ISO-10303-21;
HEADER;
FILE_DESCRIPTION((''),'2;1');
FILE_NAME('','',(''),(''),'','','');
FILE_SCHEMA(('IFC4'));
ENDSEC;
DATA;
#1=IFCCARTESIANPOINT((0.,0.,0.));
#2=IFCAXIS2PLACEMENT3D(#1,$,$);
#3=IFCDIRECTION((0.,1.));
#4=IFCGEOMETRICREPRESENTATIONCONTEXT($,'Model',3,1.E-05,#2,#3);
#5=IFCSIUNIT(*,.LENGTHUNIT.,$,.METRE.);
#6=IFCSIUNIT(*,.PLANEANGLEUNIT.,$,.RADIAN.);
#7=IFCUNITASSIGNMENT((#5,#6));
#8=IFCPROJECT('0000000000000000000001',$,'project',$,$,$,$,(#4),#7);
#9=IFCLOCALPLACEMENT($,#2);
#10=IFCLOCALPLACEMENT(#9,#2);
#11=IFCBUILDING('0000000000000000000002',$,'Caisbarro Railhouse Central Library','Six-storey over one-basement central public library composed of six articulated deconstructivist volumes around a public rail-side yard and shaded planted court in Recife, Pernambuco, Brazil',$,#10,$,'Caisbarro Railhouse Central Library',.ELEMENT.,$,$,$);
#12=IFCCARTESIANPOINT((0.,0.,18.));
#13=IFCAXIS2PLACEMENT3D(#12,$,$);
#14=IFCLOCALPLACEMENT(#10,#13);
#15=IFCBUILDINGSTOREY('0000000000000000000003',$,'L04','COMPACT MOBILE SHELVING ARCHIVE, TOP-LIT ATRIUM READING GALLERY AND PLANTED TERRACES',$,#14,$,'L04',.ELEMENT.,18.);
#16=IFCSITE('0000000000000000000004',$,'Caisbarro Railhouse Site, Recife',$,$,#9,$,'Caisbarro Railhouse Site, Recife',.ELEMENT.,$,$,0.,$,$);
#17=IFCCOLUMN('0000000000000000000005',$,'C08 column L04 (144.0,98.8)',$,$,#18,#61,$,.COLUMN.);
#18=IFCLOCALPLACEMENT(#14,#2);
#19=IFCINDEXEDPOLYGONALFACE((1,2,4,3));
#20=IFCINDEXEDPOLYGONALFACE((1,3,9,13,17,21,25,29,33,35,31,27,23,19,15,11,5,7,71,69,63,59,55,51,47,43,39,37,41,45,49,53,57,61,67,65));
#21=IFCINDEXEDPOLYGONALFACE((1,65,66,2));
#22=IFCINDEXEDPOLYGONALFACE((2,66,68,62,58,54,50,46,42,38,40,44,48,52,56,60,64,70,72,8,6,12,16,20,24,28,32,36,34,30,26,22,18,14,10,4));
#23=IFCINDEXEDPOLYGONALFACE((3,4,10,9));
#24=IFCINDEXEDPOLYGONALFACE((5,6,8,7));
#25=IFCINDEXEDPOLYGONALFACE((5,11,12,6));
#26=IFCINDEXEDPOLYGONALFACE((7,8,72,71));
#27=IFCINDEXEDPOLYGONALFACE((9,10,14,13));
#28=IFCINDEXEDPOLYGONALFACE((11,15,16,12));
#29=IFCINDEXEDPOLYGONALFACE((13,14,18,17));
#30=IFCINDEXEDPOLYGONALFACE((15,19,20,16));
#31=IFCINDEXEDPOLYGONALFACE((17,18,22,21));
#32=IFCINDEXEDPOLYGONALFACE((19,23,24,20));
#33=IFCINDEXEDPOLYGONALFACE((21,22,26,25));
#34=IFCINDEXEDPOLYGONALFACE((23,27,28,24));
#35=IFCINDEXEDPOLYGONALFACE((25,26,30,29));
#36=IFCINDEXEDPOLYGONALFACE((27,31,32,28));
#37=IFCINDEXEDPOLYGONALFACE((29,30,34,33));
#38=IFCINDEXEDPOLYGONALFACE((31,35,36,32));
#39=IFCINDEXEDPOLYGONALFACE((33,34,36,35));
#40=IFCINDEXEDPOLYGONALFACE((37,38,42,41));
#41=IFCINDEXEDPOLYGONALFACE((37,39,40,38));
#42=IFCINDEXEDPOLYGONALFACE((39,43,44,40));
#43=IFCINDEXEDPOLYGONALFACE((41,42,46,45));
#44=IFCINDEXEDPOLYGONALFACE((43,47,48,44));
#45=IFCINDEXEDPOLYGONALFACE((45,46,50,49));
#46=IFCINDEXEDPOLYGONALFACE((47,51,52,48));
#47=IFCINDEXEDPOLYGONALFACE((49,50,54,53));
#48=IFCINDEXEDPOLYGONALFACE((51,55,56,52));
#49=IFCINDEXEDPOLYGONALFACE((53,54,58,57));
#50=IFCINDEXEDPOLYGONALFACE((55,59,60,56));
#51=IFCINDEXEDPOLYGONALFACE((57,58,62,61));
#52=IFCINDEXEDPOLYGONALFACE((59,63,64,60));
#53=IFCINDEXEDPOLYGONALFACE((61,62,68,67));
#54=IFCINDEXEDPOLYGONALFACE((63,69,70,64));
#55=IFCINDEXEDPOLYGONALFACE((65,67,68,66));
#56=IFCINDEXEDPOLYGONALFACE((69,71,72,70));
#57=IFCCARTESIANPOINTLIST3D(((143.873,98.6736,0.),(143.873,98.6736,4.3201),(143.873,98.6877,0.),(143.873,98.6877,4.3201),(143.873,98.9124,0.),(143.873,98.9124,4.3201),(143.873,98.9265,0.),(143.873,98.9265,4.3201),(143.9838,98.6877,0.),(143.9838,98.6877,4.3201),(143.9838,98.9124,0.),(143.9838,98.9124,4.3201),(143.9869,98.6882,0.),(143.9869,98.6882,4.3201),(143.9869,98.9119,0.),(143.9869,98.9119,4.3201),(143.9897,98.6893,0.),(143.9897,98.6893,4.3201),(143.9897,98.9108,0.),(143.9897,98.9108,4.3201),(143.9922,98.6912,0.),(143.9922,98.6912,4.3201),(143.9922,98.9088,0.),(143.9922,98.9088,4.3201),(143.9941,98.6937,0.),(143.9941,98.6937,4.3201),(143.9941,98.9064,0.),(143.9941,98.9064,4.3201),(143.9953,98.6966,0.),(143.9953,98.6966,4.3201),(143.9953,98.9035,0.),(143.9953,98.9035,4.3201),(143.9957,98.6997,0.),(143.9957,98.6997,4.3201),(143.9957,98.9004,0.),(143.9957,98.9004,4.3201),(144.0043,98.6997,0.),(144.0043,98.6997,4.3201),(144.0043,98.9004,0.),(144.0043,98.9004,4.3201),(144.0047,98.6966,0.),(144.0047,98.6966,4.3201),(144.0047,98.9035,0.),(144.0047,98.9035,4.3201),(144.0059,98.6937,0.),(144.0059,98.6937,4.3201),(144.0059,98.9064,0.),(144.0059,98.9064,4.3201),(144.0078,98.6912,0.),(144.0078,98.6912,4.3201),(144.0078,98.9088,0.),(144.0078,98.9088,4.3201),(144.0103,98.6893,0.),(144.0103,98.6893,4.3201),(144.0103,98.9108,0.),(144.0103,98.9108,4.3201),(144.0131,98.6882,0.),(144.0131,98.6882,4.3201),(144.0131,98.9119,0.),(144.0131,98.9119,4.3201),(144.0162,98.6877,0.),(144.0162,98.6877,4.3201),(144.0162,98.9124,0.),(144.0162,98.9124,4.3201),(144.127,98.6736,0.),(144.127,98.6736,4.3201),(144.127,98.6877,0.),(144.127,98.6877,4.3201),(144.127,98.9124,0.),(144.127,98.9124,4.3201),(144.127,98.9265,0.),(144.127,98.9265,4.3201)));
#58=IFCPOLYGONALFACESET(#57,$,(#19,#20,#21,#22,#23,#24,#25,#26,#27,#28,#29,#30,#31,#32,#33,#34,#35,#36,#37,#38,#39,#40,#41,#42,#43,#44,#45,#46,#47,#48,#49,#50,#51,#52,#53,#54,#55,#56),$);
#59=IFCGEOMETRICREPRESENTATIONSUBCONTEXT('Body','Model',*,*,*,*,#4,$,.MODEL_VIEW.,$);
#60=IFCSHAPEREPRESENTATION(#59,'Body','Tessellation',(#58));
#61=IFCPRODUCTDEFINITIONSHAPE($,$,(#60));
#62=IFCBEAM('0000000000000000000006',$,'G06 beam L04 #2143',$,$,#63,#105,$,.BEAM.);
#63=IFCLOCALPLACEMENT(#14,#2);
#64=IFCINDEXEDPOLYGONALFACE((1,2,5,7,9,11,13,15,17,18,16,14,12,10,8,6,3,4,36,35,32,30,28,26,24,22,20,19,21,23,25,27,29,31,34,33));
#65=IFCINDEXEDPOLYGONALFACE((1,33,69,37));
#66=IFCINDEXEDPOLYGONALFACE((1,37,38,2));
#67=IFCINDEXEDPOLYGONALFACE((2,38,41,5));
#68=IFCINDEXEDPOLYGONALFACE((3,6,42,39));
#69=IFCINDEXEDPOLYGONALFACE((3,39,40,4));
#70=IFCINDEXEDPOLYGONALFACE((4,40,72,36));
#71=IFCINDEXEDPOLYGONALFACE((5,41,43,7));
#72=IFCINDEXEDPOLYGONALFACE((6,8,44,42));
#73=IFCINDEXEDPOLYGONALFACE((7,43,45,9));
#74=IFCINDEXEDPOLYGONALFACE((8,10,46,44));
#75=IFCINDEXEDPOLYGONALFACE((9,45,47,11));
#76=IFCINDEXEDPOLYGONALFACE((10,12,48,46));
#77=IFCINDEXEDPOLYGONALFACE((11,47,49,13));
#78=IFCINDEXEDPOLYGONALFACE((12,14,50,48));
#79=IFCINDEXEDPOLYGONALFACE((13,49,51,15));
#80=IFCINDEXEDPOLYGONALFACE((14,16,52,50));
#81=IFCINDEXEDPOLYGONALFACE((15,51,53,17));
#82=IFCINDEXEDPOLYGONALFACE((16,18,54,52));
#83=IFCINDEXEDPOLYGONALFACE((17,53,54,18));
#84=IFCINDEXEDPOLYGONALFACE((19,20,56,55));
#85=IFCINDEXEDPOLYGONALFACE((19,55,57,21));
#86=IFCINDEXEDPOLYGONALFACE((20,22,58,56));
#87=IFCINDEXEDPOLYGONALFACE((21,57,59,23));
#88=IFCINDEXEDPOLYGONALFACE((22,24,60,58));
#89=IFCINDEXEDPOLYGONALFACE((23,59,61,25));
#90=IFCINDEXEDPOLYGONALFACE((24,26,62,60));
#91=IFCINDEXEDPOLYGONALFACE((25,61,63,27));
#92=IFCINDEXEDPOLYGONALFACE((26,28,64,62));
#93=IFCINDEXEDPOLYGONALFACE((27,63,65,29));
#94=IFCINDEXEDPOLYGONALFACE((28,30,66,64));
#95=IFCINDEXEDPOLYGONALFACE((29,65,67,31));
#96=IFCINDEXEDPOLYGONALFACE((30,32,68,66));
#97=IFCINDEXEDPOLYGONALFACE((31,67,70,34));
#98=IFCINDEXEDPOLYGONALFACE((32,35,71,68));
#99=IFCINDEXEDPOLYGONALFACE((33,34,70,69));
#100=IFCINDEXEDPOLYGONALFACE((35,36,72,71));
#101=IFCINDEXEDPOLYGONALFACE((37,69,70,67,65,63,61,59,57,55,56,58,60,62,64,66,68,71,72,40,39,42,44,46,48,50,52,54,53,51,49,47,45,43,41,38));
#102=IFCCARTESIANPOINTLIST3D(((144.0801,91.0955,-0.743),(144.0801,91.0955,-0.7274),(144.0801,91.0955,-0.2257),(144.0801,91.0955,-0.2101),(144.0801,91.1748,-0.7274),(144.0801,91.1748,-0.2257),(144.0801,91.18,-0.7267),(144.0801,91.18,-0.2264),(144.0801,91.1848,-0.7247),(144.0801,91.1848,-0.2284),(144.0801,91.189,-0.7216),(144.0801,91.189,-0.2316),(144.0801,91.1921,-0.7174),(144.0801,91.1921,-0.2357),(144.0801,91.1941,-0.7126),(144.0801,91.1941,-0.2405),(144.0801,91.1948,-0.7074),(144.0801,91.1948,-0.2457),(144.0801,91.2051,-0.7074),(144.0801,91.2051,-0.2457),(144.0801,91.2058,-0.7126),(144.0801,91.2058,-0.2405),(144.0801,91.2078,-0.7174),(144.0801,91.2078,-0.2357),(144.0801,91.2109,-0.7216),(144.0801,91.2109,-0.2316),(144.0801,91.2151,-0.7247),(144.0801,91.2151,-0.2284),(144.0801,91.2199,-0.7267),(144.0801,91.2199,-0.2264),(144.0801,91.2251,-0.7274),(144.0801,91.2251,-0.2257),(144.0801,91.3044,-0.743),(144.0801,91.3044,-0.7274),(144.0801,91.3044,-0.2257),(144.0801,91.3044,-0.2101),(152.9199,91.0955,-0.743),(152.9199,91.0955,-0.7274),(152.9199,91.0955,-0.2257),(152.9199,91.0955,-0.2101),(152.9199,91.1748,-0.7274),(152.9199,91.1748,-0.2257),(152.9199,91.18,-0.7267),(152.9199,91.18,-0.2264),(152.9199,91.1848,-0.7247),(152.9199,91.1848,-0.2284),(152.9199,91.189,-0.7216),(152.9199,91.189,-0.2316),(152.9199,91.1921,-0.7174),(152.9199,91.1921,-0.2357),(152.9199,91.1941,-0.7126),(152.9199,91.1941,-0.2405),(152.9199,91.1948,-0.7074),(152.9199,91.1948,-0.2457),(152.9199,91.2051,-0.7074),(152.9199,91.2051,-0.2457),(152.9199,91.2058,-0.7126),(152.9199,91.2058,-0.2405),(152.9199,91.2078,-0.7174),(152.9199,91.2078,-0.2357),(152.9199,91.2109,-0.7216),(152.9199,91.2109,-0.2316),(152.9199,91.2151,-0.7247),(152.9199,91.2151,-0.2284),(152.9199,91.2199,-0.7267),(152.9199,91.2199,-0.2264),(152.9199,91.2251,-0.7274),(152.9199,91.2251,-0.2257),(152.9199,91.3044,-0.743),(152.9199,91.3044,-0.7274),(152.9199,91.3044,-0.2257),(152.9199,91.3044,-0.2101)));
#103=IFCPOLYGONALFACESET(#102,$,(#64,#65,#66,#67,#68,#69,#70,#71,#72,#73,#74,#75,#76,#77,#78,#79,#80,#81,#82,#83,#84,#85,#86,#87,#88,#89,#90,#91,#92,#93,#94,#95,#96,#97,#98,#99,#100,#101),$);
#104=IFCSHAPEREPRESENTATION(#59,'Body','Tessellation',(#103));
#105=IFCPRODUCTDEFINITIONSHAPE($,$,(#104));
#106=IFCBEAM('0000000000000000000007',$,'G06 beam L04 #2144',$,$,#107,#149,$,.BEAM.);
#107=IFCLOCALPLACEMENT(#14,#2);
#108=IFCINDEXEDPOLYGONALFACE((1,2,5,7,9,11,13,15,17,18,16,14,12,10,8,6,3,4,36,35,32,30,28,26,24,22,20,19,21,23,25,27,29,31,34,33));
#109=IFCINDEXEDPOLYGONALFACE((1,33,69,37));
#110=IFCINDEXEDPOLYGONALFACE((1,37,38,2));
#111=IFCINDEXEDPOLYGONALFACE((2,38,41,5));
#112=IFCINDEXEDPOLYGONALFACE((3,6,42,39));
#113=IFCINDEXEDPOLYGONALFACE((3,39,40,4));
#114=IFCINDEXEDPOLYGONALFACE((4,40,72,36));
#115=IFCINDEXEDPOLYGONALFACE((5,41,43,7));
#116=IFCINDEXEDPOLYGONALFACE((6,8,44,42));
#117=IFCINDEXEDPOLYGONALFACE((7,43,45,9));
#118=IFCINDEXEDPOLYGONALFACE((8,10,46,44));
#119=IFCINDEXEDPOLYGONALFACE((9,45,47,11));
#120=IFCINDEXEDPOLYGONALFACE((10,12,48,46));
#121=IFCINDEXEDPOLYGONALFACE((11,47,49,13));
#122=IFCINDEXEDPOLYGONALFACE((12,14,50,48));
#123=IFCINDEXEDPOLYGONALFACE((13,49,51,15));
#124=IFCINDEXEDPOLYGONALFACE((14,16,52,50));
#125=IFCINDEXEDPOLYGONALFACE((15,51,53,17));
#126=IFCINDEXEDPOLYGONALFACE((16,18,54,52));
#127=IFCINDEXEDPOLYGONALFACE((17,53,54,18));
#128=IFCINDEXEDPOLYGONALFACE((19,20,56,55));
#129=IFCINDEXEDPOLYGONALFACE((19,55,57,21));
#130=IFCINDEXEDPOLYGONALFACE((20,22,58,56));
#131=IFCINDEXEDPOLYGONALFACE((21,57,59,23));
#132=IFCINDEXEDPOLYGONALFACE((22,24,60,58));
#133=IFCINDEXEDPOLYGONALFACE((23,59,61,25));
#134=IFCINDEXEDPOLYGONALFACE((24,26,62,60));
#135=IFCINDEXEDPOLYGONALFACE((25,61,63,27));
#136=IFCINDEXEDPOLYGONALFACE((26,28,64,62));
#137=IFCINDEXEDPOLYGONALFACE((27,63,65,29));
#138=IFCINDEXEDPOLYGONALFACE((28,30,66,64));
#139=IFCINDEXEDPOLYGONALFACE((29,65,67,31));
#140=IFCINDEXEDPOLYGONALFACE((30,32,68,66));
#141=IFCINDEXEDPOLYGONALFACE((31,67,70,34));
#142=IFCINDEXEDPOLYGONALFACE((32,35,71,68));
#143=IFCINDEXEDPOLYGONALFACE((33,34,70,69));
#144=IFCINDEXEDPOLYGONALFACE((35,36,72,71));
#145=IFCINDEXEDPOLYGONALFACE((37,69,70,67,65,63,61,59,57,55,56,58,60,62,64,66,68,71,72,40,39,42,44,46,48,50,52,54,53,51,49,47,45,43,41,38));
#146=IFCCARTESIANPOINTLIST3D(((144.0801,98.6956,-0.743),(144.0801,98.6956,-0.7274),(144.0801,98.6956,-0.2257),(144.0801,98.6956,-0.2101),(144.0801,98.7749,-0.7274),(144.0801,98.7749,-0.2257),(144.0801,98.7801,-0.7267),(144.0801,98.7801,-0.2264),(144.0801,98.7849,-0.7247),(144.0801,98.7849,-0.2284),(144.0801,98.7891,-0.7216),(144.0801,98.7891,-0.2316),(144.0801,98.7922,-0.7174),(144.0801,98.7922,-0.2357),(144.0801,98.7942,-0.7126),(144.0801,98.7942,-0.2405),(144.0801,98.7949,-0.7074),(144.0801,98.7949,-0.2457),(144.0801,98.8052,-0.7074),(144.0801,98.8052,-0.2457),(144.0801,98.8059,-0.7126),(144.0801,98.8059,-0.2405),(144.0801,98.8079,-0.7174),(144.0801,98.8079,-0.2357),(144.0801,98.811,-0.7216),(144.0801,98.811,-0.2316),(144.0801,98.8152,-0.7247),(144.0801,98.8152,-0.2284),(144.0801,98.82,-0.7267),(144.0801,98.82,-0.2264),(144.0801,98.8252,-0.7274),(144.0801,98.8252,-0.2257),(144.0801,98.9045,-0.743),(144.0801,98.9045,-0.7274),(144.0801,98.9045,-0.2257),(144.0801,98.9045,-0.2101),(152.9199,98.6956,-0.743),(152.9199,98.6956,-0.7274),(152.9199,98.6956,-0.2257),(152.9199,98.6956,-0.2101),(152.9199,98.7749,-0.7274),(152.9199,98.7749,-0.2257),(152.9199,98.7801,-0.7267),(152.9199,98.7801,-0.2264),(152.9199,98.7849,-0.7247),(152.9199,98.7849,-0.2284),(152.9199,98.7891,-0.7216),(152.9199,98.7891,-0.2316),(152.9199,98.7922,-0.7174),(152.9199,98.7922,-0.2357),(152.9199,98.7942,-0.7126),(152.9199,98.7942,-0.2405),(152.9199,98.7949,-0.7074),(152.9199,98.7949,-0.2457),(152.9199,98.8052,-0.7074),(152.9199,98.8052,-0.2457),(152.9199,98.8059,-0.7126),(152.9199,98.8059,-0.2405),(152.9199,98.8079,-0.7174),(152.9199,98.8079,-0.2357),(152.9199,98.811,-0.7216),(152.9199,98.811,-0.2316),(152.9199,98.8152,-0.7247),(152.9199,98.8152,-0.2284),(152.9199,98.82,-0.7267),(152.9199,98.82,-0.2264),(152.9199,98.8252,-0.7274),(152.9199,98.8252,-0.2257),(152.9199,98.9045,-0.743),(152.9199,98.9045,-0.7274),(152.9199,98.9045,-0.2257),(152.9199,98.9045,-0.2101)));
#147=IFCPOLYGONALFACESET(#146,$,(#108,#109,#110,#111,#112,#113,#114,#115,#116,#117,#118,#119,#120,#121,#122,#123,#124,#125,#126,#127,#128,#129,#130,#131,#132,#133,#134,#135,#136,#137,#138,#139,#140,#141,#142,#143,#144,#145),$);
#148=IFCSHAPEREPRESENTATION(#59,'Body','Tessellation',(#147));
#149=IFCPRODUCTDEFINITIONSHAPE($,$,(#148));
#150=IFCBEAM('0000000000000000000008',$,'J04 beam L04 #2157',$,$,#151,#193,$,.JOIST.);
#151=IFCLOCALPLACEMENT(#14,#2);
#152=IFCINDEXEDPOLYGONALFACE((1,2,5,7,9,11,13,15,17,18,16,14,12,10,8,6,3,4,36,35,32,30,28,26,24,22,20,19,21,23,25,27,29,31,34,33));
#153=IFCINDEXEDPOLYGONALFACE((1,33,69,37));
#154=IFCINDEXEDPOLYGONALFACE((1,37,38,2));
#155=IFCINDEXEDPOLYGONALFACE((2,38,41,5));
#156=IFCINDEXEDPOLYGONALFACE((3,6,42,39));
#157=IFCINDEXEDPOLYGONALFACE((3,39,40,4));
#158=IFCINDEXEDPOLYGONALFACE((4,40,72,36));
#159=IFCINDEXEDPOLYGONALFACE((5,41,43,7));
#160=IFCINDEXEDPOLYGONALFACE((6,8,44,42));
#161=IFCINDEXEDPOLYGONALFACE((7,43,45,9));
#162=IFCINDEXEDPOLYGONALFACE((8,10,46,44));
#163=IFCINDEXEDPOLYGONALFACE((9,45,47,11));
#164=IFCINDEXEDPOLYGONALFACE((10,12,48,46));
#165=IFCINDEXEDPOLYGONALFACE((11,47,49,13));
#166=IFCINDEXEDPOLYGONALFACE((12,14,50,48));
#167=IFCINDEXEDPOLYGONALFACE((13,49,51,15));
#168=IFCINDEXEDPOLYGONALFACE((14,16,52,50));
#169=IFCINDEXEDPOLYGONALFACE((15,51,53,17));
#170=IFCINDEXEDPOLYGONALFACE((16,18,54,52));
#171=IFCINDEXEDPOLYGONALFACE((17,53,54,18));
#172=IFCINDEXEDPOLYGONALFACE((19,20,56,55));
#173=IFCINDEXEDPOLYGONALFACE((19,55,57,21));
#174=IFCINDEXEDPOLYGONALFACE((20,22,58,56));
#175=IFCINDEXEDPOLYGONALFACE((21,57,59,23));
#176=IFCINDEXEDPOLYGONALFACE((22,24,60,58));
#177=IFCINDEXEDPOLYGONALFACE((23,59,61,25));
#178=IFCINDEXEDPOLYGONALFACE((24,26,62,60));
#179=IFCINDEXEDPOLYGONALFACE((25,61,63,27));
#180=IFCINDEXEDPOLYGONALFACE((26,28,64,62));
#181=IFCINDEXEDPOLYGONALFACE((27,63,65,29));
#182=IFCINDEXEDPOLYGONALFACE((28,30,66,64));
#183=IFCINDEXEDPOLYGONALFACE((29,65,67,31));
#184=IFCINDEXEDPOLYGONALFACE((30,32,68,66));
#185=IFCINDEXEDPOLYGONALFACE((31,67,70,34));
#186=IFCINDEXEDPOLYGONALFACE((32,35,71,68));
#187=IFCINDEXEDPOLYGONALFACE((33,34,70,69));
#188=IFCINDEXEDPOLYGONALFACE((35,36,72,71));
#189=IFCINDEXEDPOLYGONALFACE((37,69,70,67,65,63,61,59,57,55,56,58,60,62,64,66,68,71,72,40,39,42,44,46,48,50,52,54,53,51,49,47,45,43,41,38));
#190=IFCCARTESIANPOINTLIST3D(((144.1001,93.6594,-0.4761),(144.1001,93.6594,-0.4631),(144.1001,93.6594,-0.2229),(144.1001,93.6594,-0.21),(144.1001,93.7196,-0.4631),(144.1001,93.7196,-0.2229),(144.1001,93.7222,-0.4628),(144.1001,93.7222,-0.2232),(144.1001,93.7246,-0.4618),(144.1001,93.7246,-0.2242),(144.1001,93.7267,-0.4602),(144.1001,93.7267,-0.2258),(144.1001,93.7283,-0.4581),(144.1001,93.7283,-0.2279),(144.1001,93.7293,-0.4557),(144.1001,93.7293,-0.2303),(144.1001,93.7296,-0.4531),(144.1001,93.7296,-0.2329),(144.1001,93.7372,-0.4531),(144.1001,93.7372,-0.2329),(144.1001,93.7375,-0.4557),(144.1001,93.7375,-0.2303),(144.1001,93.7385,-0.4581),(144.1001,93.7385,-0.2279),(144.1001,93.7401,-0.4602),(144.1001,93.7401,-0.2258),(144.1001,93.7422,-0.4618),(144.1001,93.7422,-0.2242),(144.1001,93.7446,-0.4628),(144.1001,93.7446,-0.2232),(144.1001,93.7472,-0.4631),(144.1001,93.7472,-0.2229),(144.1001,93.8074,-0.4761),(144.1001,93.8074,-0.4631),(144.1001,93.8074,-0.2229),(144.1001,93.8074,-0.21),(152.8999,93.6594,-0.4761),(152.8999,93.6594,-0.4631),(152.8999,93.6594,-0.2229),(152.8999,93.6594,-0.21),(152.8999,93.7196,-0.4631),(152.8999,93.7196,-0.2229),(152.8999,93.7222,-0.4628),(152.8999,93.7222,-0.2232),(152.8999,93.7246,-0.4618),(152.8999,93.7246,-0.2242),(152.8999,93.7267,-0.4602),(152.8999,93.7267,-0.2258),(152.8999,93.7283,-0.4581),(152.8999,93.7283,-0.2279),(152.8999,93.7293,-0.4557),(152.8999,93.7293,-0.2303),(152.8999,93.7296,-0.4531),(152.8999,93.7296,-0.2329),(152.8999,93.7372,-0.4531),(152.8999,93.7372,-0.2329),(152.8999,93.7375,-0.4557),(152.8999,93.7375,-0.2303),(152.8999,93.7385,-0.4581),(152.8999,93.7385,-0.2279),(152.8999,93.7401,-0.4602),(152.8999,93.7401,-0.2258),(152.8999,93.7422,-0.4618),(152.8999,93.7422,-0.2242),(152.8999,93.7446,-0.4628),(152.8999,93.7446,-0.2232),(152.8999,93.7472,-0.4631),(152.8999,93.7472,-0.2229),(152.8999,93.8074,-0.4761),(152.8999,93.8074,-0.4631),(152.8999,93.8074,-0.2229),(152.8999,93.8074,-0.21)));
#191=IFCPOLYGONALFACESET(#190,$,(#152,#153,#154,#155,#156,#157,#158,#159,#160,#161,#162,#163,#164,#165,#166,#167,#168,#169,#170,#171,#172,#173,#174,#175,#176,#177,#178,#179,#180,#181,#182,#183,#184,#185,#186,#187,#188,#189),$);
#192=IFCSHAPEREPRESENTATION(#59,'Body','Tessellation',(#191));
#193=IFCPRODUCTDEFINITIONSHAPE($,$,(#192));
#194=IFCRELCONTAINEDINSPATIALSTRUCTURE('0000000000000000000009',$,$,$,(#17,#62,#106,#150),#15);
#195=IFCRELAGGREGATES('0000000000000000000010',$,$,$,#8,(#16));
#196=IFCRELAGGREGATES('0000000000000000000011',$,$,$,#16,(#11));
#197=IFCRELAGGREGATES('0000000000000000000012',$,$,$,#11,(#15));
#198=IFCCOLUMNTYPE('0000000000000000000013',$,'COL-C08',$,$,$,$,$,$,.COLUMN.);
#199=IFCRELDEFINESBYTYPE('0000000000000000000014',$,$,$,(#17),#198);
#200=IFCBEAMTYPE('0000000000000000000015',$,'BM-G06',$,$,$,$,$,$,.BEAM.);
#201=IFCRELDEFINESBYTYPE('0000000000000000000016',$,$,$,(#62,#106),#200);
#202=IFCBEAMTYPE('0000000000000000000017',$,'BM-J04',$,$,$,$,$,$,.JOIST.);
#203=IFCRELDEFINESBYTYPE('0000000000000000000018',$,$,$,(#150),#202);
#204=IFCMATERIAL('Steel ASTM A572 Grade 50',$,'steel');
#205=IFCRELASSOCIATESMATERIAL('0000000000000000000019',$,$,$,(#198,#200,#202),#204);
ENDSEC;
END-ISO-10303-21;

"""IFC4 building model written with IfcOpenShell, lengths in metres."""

from ifc_helpers import new_model, si_unit, direction, frame, origin, origin_2d, place, context, subcontext, project, spatial, i_section, extrude, material, material_profile, profile_set, type_object, element, save


model = new_model("IFC4")

# Units and contexts
model_context = context("Model", 3, precision=1e-05, world=origin(), true_north=direction((0.0, 1.0)))
body_context = subcontext(model_context, "Body", "Model", "MODEL_VIEW")
ifc_project = project(units=[si_unit("LENGTHUNIT", "METRE"), si_unit("PLANEANGLEUNIT", "RADIAN")], contexts=[model_context])

# Site, building, storey
site_placement = place(None, origin())
site = spatial("IfcSite", under=ifc_project, at=site_placement, Name="Caisbarro Railhouse Site, Recife", LongName="Caisbarro Railhouse Site, Recife", CompositionType="ELEMENT", RefElevation=0.0)
building_placement = place(site_placement, origin())
building = spatial("IfcBuilding", under=site, at=building_placement, Name="Caisbarro Railhouse Central Library", Description="Six-storey over one-basement central public library composed of six articulated deconstructivist volumes around a public rail-side yard and shaded planted court in Recife, Pernambuco, Brazil", LongName="Caisbarro Railhouse Central Library", CompositionType="ELEMENT")
storey_placement = place(building_placement, frame((0.0, 0.0, 18.0)))
storey = spatial("IfcBuildingStorey", under=building, at=storey_placement, Name="L04", Description="COMPACT MOBILE SHELVING ARCHIVE, TOP-LIT ATRIUM READING GALLERY AND PLANTED TERRACES", LongName="L04", CompositionType="ELEMENT", Elevation=18.0)

# Column
ifc_material_1 = material(Name="Steel ASTM A572 Grade 50", Category="steel")
ifc_material_profile_1 = material_profile(ifc_material_1, i_section(OverallWidth=0.2539, OverallDepth=0.2529, WebThickness=0.0085, FlangeThickness=0.0142, FilletRadius=0.012, at=origin_2d()), Name="W250X73.0")
ifc_profile_set_1 = profile_set([ifc_material_profile_1], Name="Steel ASTM A572 Grade 50")
column_type = type_object("IfcColumnType", Name="COL-C08", PredefinedType="COLUMN", material=ifc_profile_set_1)
column_placement = place(storey_placement, frame((144.0, 98.8, 0.0), z_axis=(0.0, 0.0, 1.0), x_axis=(1.0, 0.0, 0.0)))
element("IfcColumn", 1, at=column_placement, inside=storey, type_object=column_type, Name="C08 column L04 (144.0,98.8)", PredefinedType="COLUMN", context=body_context, shape_type="SweptSolid", body=[
    extrude(i_section(OverallWidth=0.2539, OverallDepth=0.2529, WebThickness=0.0085, FlangeThickness=0.0142, FilletRadius=0.012, at=origin_2d()), origin(), (0.0, 0.0, 1.0), 4.3201),
])

# Beams
ifc_material_profile_2 = material_profile(ifc_material_1, i_section(OverallWidth=0.209, OverallDepth=0.533, WebThickness=0.0103, FlangeThickness=0.0156, FilletRadius=0.02, at=origin_2d()), Name="W530X92.0")
ifc_profile_set_2 = profile_set([ifc_material_profile_2], Name="Steel ASTM A572 Grade 50")
beam_type_1 = type_object("IfcBeamType", Name="BM-G06", PredefinedType="BEAM", material=ifc_profile_set_2)
for number, where, z_axis, x_axis, name in (
    (2, (144.0801, 91.2, -0.4766), (1.0, 0.0, 0.0), (0.0, 1.0, 0.0), "G06 beam L04 #2143"),
    (3, (144.0801, 98.8, -0.4766), (1.0, 0.0, 0.0), (0.0, 1.0, 0.0), "G06 beam L04 #2144"),
):
    element("IfcBeam", number, at=place(storey_placement, frame(where, z_axis=z_axis, x_axis=x_axis)), inside=storey, type_object=beam_type_1, Name=name, PredefinedType="BEAM", context=body_context, shape_type="SweptSolid", body=[
        extrude(i_section(OverallWidth=0.209, OverallDepth=0.533, WebThickness=0.0103, FlangeThickness=0.0156, FilletRadius=0.02, at=origin_2d()), origin(), (0.0, 0.0, 1.0), 8.8398),
    ])
ifc_material_profile_3 = material_profile(ifc_material_1, i_section(OverallWidth=0.1479, OverallDepth=0.2661, WebThickness=0.0076, FlangeThickness=0.0129, FilletRadius=0.01, at=origin_2d()), Name="W250X44.8")
ifc_profile_set_3 = profile_set([ifc_material_profile_3], Name="Steel ASTM A572 Grade 50")
beam_type_2 = type_object("IfcBeamType", Name="BM-J04", PredefinedType="JOIST", material=ifc_profile_set_3)
for number, where, z_axis, x_axis, name in (
    (4, (144.1001, 93.7334, -0.343), (1.0, 0.0, 0.0), (0.0, 1.0, 0.0), "J04 beam L04 #2157"),
):
    element("IfcBeam", number, at=place(storey_placement, frame(where, z_axis=z_axis, x_axis=x_axis)), inside=storey, type_object=beam_type_2, Name=name, PredefinedType="JOIST", context=body_context, shape_type="SweptSolid", body=[
        extrude(i_section(OverallWidth=0.1479, OverallDepth=0.2661, WebThickness=0.0076, FlangeThickness=0.0129, FilletRadius=0.01, at=origin_2d()), origin(), (0.0, 0.0, 1.0), 8.7998),
    ])

save(model, "model.ifc")
